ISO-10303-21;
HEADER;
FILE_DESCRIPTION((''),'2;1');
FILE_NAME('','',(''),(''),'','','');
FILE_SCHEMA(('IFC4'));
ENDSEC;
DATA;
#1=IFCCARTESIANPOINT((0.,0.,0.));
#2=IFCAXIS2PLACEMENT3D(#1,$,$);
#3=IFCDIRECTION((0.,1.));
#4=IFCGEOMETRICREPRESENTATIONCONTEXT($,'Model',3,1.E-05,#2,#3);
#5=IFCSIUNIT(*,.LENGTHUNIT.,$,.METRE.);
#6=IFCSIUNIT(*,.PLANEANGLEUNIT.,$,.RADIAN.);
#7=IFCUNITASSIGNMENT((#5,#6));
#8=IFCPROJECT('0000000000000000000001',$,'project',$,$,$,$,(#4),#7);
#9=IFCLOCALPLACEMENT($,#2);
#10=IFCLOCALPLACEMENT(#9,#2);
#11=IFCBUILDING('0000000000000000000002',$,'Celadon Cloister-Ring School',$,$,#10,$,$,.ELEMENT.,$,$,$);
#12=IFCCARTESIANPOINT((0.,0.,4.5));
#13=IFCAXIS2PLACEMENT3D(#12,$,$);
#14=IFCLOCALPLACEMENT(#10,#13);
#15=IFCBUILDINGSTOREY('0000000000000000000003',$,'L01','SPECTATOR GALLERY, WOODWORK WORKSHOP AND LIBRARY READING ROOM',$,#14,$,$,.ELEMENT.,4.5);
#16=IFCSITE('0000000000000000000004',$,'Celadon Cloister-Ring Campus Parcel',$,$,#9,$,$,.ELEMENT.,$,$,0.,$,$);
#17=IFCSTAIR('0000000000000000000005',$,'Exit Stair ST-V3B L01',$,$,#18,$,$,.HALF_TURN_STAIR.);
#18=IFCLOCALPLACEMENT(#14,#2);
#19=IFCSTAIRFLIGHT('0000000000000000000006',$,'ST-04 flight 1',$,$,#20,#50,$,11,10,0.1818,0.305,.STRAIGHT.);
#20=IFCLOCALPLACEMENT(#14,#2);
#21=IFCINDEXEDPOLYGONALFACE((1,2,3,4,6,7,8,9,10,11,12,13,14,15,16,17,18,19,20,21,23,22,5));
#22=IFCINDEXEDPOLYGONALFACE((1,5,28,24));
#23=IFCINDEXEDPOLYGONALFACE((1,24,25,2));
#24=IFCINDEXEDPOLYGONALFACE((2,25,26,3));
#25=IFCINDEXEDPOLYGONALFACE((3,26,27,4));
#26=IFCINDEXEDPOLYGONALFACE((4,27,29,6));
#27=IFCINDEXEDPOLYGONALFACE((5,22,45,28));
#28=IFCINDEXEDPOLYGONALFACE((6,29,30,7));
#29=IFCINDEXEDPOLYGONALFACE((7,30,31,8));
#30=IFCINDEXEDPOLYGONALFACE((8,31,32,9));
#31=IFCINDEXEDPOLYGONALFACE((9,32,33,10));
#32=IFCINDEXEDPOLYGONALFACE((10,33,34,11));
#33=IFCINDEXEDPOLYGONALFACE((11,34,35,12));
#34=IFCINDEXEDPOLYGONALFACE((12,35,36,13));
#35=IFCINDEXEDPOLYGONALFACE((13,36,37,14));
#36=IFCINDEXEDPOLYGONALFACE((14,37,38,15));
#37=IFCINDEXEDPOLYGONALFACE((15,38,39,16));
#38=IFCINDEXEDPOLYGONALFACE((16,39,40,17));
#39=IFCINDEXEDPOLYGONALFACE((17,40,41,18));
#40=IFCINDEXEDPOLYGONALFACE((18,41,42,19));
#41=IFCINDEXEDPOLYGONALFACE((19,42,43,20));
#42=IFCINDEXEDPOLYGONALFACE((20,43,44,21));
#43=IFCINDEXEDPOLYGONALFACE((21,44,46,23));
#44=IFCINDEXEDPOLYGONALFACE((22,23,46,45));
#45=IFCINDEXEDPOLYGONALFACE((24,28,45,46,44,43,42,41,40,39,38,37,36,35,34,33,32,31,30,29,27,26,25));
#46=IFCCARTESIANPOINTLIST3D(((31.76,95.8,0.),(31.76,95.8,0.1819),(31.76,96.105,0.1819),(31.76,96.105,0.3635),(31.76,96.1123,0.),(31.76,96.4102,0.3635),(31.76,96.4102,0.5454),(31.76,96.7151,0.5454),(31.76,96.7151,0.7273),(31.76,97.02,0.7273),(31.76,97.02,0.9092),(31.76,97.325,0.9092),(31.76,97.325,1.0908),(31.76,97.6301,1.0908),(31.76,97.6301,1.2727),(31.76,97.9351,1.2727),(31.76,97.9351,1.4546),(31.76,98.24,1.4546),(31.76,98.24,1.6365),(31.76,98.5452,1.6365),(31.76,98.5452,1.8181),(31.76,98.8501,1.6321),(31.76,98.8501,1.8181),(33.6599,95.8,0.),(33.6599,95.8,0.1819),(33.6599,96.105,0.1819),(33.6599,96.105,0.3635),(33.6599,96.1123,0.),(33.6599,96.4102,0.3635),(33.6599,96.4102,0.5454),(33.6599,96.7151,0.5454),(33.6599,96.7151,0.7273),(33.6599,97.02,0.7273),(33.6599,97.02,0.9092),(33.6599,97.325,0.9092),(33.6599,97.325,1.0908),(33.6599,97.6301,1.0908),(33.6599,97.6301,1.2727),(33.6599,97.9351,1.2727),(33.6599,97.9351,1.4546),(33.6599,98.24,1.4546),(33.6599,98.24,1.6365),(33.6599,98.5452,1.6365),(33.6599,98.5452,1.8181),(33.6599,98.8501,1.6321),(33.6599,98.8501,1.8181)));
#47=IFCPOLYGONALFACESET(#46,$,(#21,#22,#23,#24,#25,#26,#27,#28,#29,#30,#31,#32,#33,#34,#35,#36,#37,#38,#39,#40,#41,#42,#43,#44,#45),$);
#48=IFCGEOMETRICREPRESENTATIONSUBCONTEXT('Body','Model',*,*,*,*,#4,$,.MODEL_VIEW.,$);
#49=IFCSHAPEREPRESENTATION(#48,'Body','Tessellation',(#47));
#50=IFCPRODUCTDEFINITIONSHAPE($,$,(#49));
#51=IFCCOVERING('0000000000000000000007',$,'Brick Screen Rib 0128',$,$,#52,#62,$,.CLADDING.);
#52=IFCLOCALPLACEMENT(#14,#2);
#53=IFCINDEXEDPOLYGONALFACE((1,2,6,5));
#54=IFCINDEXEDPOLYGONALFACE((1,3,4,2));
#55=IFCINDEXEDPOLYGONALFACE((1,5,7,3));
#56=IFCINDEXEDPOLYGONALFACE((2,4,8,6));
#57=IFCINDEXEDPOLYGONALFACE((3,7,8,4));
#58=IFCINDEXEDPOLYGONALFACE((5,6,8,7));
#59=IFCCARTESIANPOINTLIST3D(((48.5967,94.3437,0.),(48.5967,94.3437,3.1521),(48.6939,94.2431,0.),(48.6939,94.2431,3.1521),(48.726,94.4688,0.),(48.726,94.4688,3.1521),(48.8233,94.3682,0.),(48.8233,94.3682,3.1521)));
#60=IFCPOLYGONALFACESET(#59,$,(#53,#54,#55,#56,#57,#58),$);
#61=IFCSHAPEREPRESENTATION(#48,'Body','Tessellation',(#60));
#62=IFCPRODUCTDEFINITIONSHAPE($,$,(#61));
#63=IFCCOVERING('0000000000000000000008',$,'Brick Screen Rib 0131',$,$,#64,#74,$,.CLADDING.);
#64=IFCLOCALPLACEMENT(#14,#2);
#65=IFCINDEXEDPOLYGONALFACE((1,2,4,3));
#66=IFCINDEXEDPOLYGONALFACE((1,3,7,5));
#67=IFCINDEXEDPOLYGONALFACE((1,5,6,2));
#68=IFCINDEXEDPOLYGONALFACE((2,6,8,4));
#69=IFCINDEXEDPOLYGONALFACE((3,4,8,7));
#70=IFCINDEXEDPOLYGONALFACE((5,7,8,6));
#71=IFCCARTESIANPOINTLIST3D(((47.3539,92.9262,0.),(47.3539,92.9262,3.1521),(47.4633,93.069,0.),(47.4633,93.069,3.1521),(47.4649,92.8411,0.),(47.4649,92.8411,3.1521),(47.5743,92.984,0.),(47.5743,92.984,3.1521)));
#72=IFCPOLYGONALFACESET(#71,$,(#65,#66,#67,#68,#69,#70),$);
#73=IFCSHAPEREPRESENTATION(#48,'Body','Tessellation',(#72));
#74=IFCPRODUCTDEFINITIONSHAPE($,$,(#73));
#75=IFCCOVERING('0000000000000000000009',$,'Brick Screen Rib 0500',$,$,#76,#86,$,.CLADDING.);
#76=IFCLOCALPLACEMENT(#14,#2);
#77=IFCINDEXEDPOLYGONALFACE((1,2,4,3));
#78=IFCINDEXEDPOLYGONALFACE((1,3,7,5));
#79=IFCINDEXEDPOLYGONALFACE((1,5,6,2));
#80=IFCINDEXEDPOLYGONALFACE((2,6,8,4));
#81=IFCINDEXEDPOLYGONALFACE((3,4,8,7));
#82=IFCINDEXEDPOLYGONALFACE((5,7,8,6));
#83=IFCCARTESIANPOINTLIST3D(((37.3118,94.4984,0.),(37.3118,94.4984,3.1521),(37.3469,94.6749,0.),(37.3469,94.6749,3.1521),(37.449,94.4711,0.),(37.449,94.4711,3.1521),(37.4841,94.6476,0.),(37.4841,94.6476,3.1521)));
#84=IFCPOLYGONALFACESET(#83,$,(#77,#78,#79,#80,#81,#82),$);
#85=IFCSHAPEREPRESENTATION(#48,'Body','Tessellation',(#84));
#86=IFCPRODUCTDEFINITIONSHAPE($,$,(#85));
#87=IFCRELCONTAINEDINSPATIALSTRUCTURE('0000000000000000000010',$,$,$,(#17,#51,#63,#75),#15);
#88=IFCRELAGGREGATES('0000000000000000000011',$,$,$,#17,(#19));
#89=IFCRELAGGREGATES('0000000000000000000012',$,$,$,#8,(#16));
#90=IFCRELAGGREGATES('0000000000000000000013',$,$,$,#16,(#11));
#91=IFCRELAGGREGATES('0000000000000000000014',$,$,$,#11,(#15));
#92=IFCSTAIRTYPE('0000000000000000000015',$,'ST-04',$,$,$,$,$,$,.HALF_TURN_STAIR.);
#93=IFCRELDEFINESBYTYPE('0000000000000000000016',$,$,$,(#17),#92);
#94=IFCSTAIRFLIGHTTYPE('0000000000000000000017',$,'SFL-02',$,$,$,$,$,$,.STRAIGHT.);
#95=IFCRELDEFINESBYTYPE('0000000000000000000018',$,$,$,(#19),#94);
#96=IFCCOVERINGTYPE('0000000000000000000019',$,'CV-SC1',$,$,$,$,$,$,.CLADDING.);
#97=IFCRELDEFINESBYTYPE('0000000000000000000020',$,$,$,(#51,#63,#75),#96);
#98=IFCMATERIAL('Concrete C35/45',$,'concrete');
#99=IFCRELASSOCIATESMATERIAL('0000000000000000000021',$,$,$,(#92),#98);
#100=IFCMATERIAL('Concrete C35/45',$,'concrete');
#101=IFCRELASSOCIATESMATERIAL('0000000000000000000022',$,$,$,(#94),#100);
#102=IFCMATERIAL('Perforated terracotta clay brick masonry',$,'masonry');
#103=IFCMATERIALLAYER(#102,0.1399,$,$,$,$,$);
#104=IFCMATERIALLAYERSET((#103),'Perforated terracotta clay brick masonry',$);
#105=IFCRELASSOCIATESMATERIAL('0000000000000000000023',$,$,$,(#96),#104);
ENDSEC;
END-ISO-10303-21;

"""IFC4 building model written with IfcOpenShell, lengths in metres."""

from ifc_helpers import new_model, si_unit, direction, frame, origin, origin_2d, place, context, subcontext, project, spatial, polyline, rectangle, outline, extrude, material, layer, layer_set, type_object, element, aggregate, save


model = new_model("IFC4")

# Units and contexts
model_context = context("Model", 3, precision=1e-05, world=origin(), true_north=direction((0.0, 1.0)))
body_context = subcontext(model_context, "Body", "Model", "MODEL_VIEW")
ifc_project = project(units=[si_unit("LENGTHUNIT", "METRE"), si_unit("PLANEANGLEUNIT", "RADIAN")], contexts=[model_context])

# Site, building, storey
site_placement = place(None, origin())
site = spatial("IfcSite", under=ifc_project, at=site_placement, Name="Celadon Cloister-Ring Campus Parcel", CompositionType="ELEMENT", RefElevation=0.0)
building_placement = place(site_placement, origin())
building = spatial("IfcBuilding", under=site, at=building_placement, Name="Celadon Cloister-Ring School", CompositionType="ELEMENT")
storey_placement = place(building_placement, frame((0.0, 0.0, 4.5)))
storey = spatial("IfcBuildingStorey", under=building, at=storey_placement, Name="L01", Description="SPECTATOR GALLERY, WOODWORK WORKSHOP AND LIBRARY READING ROOM", CompositionType="ELEMENT", Elevation=4.5)

# Stair, stair flight
ifc_material_1 = material(Name="Concrete C35/45", Category="concrete")
stair_type = type_object("IfcStairType", Name="ST-04", PredefinedType="HALF_TURN_STAIR", material=ifc_material_1)
stair_placement = place(storey_placement, origin())
stair = element("IfcStair", 1, at=stair_placement, inside=storey, type_object=stair_type, Name="Exit Stair ST-V3B L01", PredefinedType="HALF_TURN_STAIR")
ifc_material_2 = material(Name="Concrete C35/45", Category="concrete")
stair_flight_type = type_object("IfcStairFlightType", Name="SFL-02", PredefinedType="STRAIGHT", material=ifc_material_2)
stair_flight_placement = place(storey_placement, frame((32.71, 95.8, 0.0), z_axis=(0.0, 0.0, 1.0), x_axis=(0.0, 1.0, 0.0)))
stair_flight = element("IfcStairFlight", 2, at=stair_flight_placement, type_object=stair_flight_type, Name="ST-04 flight 1", NumberOfRisers=11, NumberOfTreads=10, PredefinedType="STRAIGHT", RiserHeight=0.1818, TreadLength=0.305, context=body_context, shape_type="SweptSolid", body=[
    extrude(outline(polyline([(0.0, 0.0), (0.0, 0.1819), (0.3049, 0.1819), (0.3049, 0.3635), (0.6101, 0.3635), (0.6101, 0.5454), (0.915, 0.5454), (0.915, 0.7273), (1.22, 0.7273), (1.22, 0.9092), (1.5249, 0.9092), (1.5249, 1.0908), (1.8301, 1.0908), (1.8301, 1.2727), (2.135, 1.2727), (2.135, 1.4546), (2.4399, 1.4546), (2.4399, 1.6365), (2.7451, 1.6365), (2.7451, 1.8181), (3.05, 1.8181), (3.05, 2.0), (3.05, 1.6321), (0.3123, 0.0), (0.0, 0.0)])), frame((0.0, 0.95, 0.0), z_axis=(0.0, -1.0, 0.0), x_axis=(1.0, 0.0, 0.0)), (0.0, 0.0, 1.0), 1.8999),
])
aggregate(stair, [stair_flight])

# Coverings
ifc_material_3 = material(Name="Perforated terracotta clay brick masonry", Category="masonry")
ifc_layer_1 = layer(ifc_material_3, 0.1399)
ifc_layer_set_1 = layer_set([ifc_layer_1], Name="Perforated terracotta clay brick masonry")
covering_type = type_object("IfcCoveringType", Name="CV-SC1", PredefinedType="CLADDING", material=ifc_layer_set_1)
for number, where, z_axis, x_axis, name in (
    (3, (48.71, 94.356, 0.0), (0.0, 0.0, 1.0), (0.718673, 0.695349, 0.0), "Brick Screen Rib 0128"),
    (4, (47.4641, 92.9551, 0.0), (0.0, 0.0, 1.0), (0.608041, 0.793906, 0.0), "Brick Screen Rib 0131"),
    (5, (37.3979, 94.573, 0.0), (0.0, 0.0, 1.0), (-0.195142, -0.980775, 0.0), "Brick Screen Rib 0500"),
):
    element("IfcCovering", number, at=place(storey_placement, frame(where, z_axis=z_axis, x_axis=x_axis)), inside=storey, type_object=covering_type, Name=name, PredefinedType="CLADDING", context=body_context, shape_type="SweptSolid", body=[
        extrude(rectangle(XDim=0.1799, YDim=0.1399, at=origin_2d()), origin(), (0.0, 0.0, 1.0), 3.1521),
    ])

save(model, "model.ifc")
